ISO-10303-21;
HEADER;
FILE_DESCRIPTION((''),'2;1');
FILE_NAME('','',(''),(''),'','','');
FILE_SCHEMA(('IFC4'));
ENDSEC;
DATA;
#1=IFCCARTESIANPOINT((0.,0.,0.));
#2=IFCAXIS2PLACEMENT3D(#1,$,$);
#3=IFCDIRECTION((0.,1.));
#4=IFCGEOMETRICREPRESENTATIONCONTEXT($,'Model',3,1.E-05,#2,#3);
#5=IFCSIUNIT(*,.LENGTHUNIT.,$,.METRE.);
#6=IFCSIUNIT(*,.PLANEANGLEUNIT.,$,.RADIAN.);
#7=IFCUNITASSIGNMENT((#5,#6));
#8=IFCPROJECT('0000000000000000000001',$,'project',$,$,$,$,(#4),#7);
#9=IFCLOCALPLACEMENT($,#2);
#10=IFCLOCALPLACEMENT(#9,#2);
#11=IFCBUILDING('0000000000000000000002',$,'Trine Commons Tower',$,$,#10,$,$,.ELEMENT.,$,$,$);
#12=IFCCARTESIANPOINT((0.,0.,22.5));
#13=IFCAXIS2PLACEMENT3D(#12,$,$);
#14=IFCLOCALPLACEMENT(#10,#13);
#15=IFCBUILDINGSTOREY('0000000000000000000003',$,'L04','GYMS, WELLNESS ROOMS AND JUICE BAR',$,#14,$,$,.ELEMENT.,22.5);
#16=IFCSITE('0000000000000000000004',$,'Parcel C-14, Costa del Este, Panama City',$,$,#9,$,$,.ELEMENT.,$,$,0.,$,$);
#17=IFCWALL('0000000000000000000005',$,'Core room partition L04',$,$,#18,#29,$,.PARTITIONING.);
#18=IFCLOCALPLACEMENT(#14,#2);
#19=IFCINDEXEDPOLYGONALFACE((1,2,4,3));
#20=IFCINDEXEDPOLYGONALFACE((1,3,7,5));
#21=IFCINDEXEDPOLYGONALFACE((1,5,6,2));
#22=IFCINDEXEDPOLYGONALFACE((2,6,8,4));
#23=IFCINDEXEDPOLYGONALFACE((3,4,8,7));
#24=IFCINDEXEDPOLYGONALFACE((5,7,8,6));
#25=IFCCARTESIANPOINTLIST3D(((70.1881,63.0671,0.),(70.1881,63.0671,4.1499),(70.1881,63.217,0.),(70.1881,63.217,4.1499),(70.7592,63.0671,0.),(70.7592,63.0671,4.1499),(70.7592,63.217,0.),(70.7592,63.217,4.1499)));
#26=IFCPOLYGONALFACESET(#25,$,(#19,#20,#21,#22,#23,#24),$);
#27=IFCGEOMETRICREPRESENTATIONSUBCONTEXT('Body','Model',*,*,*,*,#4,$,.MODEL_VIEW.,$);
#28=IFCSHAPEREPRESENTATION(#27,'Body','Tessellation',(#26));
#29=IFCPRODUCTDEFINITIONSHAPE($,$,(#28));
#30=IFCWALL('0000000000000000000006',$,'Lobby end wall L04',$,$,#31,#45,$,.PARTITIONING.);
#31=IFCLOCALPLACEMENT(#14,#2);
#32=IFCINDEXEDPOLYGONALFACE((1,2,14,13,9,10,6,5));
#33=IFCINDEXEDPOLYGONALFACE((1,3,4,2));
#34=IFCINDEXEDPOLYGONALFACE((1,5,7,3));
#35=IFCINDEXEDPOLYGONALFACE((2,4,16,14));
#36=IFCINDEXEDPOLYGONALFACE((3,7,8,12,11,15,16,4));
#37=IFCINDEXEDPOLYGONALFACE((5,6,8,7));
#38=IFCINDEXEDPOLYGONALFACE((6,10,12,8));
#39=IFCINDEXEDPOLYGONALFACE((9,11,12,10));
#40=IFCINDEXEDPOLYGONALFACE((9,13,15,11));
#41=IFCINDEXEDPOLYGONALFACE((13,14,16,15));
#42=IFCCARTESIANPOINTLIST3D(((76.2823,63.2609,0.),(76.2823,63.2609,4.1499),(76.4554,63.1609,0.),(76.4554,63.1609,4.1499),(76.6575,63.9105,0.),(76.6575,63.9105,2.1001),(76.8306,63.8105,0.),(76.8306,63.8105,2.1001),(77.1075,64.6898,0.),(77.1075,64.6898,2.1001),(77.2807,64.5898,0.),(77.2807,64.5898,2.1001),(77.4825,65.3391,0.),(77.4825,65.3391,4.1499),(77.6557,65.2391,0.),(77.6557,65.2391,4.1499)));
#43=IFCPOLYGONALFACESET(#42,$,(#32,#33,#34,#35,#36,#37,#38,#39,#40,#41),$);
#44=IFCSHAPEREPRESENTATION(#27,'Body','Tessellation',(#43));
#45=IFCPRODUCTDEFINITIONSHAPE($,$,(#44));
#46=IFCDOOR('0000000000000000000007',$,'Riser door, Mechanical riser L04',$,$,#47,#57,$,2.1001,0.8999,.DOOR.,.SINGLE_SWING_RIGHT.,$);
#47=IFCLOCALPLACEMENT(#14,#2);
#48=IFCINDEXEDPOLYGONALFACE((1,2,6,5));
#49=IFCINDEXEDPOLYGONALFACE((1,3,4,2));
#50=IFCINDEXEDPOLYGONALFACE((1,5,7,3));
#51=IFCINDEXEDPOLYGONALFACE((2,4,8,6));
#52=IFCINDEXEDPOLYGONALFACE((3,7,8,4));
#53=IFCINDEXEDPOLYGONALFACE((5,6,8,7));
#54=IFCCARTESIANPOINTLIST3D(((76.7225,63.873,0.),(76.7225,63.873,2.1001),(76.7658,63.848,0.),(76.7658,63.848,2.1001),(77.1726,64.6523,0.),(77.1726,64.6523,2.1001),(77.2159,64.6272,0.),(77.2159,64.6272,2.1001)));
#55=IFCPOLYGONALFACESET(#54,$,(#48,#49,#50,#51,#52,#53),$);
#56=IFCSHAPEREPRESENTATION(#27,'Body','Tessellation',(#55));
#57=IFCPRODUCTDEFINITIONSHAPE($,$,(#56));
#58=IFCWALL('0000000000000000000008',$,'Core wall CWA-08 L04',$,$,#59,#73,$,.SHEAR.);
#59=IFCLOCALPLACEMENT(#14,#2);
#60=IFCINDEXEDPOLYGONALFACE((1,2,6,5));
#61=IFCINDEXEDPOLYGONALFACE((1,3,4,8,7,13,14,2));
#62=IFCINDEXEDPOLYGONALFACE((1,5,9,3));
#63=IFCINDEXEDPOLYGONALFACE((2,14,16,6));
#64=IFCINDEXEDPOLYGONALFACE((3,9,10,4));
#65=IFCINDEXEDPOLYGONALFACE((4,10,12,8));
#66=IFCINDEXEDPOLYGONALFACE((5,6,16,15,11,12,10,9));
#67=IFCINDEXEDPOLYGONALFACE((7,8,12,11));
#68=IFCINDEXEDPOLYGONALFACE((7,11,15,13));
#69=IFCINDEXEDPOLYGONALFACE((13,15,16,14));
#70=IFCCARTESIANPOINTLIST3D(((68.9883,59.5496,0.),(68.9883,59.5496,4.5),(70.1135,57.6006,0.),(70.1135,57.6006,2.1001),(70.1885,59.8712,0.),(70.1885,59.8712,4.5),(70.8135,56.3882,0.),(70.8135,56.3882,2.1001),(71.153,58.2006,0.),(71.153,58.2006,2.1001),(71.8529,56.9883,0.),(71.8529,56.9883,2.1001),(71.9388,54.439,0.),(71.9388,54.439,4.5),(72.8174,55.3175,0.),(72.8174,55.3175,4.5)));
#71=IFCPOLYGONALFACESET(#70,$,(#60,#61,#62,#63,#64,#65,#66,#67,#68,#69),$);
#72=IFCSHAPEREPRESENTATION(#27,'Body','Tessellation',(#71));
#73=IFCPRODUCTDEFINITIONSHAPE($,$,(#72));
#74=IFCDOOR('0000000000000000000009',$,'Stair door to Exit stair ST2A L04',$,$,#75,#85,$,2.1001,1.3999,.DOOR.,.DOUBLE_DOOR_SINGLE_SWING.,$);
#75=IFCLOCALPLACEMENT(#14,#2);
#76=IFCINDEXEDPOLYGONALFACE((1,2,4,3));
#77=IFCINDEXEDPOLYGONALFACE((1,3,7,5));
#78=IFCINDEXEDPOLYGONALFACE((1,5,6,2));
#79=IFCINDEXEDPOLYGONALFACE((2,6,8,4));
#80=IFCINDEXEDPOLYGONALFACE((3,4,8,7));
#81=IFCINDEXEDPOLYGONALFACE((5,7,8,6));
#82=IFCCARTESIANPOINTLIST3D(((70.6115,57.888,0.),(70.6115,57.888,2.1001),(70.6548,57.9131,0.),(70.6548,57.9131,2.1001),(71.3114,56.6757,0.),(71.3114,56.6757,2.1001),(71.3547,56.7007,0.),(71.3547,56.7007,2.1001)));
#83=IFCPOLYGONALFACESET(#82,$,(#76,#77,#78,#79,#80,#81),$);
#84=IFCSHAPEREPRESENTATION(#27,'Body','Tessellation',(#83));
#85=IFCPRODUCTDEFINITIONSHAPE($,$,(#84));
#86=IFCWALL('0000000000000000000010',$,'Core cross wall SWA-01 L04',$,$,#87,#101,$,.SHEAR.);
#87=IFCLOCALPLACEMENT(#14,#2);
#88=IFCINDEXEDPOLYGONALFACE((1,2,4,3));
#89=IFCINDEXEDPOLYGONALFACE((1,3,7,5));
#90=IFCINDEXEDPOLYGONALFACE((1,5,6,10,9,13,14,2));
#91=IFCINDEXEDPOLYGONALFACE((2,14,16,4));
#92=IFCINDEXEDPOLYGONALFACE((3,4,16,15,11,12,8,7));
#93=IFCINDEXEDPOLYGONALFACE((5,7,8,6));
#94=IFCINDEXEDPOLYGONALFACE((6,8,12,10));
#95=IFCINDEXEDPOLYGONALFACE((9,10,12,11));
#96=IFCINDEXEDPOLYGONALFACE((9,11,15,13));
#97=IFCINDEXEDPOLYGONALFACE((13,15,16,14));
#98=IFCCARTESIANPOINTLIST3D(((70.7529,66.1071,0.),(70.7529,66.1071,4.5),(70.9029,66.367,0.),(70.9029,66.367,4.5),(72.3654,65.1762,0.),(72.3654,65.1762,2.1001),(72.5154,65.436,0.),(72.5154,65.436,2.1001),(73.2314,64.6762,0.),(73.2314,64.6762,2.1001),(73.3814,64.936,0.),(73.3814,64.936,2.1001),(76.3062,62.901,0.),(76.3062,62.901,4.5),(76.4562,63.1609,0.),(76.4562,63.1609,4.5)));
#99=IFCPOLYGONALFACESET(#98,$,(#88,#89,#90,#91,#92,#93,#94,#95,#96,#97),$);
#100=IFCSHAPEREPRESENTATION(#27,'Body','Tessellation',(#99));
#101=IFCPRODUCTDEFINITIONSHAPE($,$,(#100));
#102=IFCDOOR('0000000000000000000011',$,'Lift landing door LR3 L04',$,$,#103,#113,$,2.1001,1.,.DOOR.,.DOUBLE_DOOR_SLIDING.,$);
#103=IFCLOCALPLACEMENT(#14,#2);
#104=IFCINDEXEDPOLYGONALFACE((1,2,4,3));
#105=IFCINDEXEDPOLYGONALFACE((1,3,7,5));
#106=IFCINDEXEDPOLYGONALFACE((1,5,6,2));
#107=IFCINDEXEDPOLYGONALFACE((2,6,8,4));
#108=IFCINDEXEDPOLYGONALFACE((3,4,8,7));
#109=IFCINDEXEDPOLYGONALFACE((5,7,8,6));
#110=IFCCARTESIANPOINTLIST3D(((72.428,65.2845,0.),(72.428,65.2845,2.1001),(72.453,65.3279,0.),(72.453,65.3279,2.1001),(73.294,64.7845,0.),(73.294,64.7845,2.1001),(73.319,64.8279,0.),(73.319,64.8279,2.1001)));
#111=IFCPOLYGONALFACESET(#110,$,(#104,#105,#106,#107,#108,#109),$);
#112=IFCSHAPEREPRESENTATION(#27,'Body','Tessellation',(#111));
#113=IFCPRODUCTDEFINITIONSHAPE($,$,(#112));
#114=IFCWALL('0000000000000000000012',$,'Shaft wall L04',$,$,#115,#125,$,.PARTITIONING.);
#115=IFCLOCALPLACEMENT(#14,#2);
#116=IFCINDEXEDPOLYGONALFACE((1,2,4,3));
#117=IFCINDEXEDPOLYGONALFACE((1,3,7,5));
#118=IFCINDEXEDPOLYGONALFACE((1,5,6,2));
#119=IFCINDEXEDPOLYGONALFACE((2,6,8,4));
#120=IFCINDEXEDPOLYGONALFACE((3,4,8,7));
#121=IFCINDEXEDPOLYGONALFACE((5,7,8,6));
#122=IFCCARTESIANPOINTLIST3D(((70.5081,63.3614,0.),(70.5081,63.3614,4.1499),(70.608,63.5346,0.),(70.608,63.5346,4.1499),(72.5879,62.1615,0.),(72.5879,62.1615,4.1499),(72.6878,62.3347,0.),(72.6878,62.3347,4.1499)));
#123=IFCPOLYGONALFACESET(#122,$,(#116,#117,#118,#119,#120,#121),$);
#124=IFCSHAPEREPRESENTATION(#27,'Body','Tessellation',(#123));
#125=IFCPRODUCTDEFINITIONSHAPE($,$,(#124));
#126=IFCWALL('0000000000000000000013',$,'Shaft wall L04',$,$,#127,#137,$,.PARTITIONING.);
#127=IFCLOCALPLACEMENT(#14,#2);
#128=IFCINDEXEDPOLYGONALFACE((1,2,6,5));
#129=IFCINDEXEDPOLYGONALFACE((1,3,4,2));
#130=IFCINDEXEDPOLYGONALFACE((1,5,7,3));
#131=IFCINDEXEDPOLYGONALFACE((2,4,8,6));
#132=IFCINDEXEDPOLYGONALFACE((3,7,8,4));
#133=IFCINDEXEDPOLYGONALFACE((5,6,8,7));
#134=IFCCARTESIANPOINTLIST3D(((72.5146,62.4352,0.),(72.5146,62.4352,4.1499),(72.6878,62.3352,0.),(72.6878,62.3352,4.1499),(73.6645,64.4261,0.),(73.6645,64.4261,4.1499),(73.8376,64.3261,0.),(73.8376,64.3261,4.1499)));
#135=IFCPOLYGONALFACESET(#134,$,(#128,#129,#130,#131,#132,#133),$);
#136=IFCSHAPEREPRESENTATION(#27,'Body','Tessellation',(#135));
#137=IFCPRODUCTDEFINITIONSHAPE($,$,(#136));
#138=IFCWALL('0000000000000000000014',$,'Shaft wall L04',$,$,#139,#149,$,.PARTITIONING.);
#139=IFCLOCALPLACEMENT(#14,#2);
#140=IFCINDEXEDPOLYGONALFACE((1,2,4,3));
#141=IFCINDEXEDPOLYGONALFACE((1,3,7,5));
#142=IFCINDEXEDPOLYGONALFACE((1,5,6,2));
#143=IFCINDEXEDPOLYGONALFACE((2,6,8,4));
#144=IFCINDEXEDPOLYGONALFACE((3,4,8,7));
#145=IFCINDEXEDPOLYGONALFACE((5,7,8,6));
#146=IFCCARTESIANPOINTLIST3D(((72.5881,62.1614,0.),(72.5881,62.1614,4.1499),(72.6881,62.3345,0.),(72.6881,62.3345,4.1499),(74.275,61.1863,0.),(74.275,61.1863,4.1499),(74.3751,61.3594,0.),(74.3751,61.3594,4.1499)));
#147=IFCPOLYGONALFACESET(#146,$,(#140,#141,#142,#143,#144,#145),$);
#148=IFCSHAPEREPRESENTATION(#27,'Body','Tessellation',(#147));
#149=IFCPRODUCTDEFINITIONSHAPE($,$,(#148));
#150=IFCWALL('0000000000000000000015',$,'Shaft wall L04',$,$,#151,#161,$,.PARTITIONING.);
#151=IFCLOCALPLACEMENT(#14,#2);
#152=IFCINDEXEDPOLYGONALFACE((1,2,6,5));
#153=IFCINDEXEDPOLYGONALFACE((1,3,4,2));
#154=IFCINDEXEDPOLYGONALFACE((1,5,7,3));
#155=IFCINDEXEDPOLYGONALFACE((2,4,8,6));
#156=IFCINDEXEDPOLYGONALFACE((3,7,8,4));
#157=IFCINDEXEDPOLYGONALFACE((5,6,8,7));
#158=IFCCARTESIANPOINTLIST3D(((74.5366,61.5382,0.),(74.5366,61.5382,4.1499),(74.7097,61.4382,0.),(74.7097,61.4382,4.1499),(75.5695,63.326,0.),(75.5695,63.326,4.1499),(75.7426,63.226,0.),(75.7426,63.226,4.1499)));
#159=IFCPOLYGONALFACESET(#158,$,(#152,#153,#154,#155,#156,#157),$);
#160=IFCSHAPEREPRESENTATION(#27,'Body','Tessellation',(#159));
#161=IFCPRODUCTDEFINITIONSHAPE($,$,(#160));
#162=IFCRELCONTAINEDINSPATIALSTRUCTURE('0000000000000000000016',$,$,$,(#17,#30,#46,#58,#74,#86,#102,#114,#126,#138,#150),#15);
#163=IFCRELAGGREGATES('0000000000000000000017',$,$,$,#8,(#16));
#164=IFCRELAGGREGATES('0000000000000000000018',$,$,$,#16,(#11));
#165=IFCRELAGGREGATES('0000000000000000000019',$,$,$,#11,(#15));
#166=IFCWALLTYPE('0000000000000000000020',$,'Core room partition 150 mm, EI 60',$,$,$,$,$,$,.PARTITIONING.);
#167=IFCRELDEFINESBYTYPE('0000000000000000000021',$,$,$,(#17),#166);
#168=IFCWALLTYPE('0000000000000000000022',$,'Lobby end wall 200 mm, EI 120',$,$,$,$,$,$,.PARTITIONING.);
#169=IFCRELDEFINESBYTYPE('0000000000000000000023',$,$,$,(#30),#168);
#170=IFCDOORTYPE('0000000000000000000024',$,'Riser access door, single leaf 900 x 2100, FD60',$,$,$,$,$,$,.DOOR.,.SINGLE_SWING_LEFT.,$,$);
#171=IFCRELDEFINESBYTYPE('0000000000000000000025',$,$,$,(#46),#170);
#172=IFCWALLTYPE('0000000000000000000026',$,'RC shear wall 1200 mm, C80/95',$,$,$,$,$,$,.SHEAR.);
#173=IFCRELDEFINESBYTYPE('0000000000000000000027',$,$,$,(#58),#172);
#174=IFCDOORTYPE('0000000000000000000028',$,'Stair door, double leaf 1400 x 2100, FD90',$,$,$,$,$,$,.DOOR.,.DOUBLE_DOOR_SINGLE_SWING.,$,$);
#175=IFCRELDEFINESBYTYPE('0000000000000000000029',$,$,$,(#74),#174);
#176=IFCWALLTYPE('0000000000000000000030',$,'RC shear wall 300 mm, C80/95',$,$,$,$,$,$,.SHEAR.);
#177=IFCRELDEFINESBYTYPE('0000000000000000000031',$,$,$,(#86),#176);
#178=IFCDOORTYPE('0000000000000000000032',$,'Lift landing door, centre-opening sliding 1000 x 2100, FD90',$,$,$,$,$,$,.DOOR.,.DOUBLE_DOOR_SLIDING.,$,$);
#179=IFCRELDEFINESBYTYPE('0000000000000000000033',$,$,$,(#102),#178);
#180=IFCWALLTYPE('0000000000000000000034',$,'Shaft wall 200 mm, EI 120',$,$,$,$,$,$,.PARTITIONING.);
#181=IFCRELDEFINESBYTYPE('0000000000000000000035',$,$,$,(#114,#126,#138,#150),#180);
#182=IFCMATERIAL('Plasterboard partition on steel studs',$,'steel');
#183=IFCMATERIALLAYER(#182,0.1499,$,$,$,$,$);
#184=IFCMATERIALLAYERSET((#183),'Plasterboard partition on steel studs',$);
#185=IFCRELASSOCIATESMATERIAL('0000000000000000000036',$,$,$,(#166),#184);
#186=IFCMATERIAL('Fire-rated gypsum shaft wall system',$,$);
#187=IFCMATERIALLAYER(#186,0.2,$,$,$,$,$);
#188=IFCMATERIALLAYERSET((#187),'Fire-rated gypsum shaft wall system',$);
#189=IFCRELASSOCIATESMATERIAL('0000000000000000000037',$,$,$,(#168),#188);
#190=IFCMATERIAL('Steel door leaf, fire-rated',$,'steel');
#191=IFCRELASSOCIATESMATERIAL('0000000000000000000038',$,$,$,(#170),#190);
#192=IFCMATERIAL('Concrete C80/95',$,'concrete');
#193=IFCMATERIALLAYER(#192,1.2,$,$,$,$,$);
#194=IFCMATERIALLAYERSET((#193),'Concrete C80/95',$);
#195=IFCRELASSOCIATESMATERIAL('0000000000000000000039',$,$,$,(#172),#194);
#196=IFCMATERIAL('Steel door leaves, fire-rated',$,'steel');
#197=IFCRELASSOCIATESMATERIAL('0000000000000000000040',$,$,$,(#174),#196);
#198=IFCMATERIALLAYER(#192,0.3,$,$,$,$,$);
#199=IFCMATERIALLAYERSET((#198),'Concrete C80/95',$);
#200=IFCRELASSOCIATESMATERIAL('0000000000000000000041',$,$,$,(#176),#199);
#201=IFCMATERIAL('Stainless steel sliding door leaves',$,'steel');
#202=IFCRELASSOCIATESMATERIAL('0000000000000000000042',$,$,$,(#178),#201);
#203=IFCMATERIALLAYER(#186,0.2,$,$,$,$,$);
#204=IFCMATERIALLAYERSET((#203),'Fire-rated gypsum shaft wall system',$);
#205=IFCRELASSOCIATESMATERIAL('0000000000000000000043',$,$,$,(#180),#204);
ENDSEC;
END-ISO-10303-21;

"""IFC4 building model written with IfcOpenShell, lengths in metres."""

from ifc_helpers import new_model, si_unit, direction, frame, frame_2d, origin, place, context, subcontext, project, spatial, polyline, rectangle, outline, extrude, material, layer, layer_set, type_object, element, fill, save


model = new_model("IFC4")

# Units and contexts
model_context = context("Model", 3, precision=1e-05, world=origin(), true_north=direction((0.0, 1.0)))
body_context = subcontext(model_context, "Body", "Model", "MODEL_VIEW")
ifc_project = project(units=[si_unit("LENGTHUNIT", "METRE"), si_unit("PLANEANGLEUNIT", "RADIAN")], contexts=[model_context])

# Site, building, storey
site_placement = place(None, origin())
site = spatial("IfcSite", under=ifc_project, at=site_placement, Name="Parcel C-14, Costa del Este, Panama City", CompositionType="ELEMENT", RefElevation=0.0)
building_placement = place(site_placement, origin())
building = spatial("IfcBuilding", under=site, at=building_placement, Name="Trine Commons Tower", CompositionType="ELEMENT")
storey_placement = place(building_placement, frame((0.0, 0.0, 22.5)))
storey = spatial("IfcBuildingStorey", under=building, at=storey_placement, Name="L04", Description="GYMS, WELLNESS ROOMS AND JUICE BAR", CompositionType="ELEMENT", Elevation=22.5)

# Wall
ifc_material_1 = material(Name="Plasterboard partition on steel studs", Category="steel")
ifc_layer_1 = layer(ifc_material_1, 0.1499)
ifc_layer_set_1 = layer_set([ifc_layer_1], Name="Plasterboard partition on steel studs")
wall_type_1 = type_object("IfcWallType", Name="Core room partition 150 mm, EI 60", PredefinedType="PARTITIONING", material=ifc_layer_set_1)
wall_1_placement = place(storey_placement, frame((70.188, 63.1421, 0.0), z_axis=(0.0, 0.0, 1.0), x_axis=(1.0, 0.0, 0.0)))
element("IfcWall", 1, at=wall_1_placement, inside=storey, type_object=wall_type_1, Name="Core room partition L04", PredefinedType="PARTITIONING", context=body_context, shape_type="SweptSolid", body=[
    extrude(rectangle(XDim=0.571, YDim=0.1499, at=frame_2d((0.2856, 0.0))), origin(), (0.0, 0.0, 1.0), 4.1499),
])

# Walls, openings, doors
ifc_material_2 = material(Name="Fire-rated gypsum shaft wall system")
ifc_layer_2 = layer(ifc_material_2, 0.2)
ifc_layer_set_2 = layer_set([ifc_layer_2], Name="Fire-rated gypsum shaft wall system")
wall_type_2 = type_object("IfcWallType", Name="Lobby end wall 200 mm, EI 120", PredefinedType="PARTITIONING", material=ifc_layer_set_2)
wall_2_placement = place(storey_placement, frame((77.5691, 65.2891, 0.0), z_axis=(0.0, 0.0, 1.0), x_axis=(-0.500122, -0.865955, 0.0)))
wall_2 = element("IfcWall", 2, at=wall_2_placement, inside=storey, type_object=wall_type_2, Name="Lobby end wall L04", PredefinedType="PARTITIONING", context=body_context, shape_type="SweptSolid", body=[
    extrude(rectangle(XDim=2.3999, YDim=0.2, at=frame_2d((1.2, 0.0))), origin(), (0.0, 0.0, 1.0), 4.1499),
])
opening_1_placement = place(wall_2_placement, frame((0.7498, 0.0, 0.0)))
opening_1 = element("IfcOpeningElement", 3, at=opening_1_placement, cuts=wall_2, PredefinedType="OPENING", context=body_context, shape_type="SweptSolid", body=[
    extrude(rectangle(XDim=0.8999, YDim=2.1001, at=frame_2d((0.45, 1.05))), frame((0.0, 0.1099, 0.0), z_axis=(0.0, -1.0, 0.0), x_axis=(1.0, 0.0, 0.0)), (0.0, 0.0, 1.0), 0.22),
])
ifc_material_3 = material(Name="Steel door leaf, fire-rated", Category="steel")
door_type_1 = type_object("IfcDoorType", Name="Riser access door, single leaf 900 x 2100, FD60", OperationType="SINGLE_SWING_LEFT", PredefinedType="DOOR", material=ifc_material_3)
door_1_placement = place(opening_1_placement, frame((0.8999, 0.0, 0.0), z_axis=(0.0, 0.0, 1.0), x_axis=(-1.0, 0.0, 0.0)))
door_1 = element("IfcDoor", 4, at=door_1_placement, inside=storey, type_object=door_type_1, Name="Riser door, Mechanical riser L04", OperationType="SINGLE_SWING_RIGHT", OverallHeight=2.1001, OverallWidth=0.8999, PredefinedType="DOOR", context=body_context, shape_type="SweptSolid", body=[
    extrude(rectangle(XDim=0.8999, YDim=2.1001, at=frame_2d((0.45, 1.05))), frame((0.0, 0.0249, 0.0), z_axis=(0.0, -1.0, 0.0), x_axis=(1.0, 0.0, 0.0)), (0.0, 0.0, 1.0), 0.05),
])
fill(opening_1, door_1)
ifc_material_4 = material(Name="Concrete C80/95", Category="concrete")
ifc_layer_3 = layer(ifc_material_4, 1.2)
ifc_layer_set_3 = layer_set([ifc_layer_3], Name="Concrete C80/95")
wall_type_3 = type_object("IfcWallType", Name="RC shear wall 1200 mm, C80/95", PredefinedType="SHEAR", material=ifc_layer_set_3)
wall_3_placement = place(storey_placement, frame((69.5081, 59.8496, 0.0), z_axis=(0.0, 0.0, 1.0), x_axis=(0.499979, -0.866037, 0.0)))
wall_3 = element("IfcWall", 5, at=wall_3_placement, inside=storey, type_object=wall_type_3, Name="Core wall CWA-08 L04", PredefinedType="SHEAR", context=body_context, shape_type="SweptSolid", body=[
    extrude(outline(polyline([(0.0, -0.6001), (5.9011, -0.6001), (5.5796, 0.6001), (0.3215, 0.6001), (0.0, -0.6001)])), origin(), (0.0, 0.0, 1.0), 4.5),
])
opening_2_placement = place(wall_3_placement, frame((2.2505, 0.0, 0.0)))
opening_2 = element("IfcOpeningElement", 6, at=opening_2_placement, cuts=wall_3, PredefinedType="OPENING", context=body_context, shape_type="SweptSolid", body=[
    extrude(rectangle(XDim=1.3999, YDim=2.1001, at=frame_2d((0.7, 1.05))), frame((0.0, 0.6099, 0.0), z_axis=(0.0, -1.0, 0.0), x_axis=(1.0, 0.0, 0.0)), (0.0, 0.0, 1.0), 1.22),
])
ifc_material_5 = material(Name="Steel door leaves, fire-rated", Category="steel")
door_type_2 = type_object("IfcDoorType", Name="Stair door, double leaf 1400 x 2100, FD90", OperationType="DOUBLE_DOOR_SINGLE_SWING", PredefinedType="DOOR", material=ifc_material_5)
door_2_placement = place(opening_2_placement, origin())
door_2 = element("IfcDoor", 7, at=door_2_placement, inside=storey, type_object=door_type_2, Name="Stair door to Exit stair ST2A L04", OperationType="DOUBLE_DOOR_SINGLE_SWING", OverallHeight=2.1001, OverallWidth=1.3999, PredefinedType="DOOR", context=body_context, shape_type="SweptSolid", body=[
    extrude(rectangle(XDim=1.3999, YDim=2.1001, at=frame_2d((0.7, 1.05))), frame((0.0, 0.0249, 0.0), z_axis=(0.0, -1.0, 0.0), x_axis=(1.0, 0.0, 0.0)), (0.0, 0.0, 1.0), 0.05),
])
fill(opening_2, door_2)
ifc_layer_4 = layer(ifc_material_4, 0.3)
ifc_layer_set_4 = layer_set([ifc_layer_4], Name="Concrete C80/95")
wall_type_4 = type_object("IfcWallType", Name="RC shear wall 300 mm, C80/95", PredefinedType="SHEAR", material=ifc_layer_set_4)
wall_4_placement = place(storey_placement, frame((76.3811, 63.031, 0.0), z_axis=(0.0, 0.0, 1.0), x_axis=(-0.866032, 0.499988, 0.0)))
wall_4 = element("IfcWall", 8, at=wall_4_placement, inside=storey, type_object=wall_type_4, Name="Core cross wall SWA-01 L04", PredefinedType="SHEAR", context=body_context, shape_type="SweptSolid", body=[
    extrude(rectangle(XDim=6.4124, YDim=0.3, at=frame_2d((3.2061, 0.0))), origin(), (0.0, 0.0, 1.0), 4.5),
])
opening_3_placement = place(wall_4_placement, frame((3.5503, 0.0, 0.0)))
opening_3 = element("IfcOpeningElement", 9, at=opening_3_placement, cuts=wall_4, PredefinedType="OPENING", context=body_context, shape_type="SweptSolid", body=[
    extrude(rectangle(XDim=1.0, YDim=2.1001, at=frame_2d((0.5, 1.05))), frame((0.0, 0.1599, 0.0), z_axis=(0.0, -1.0, 0.0), x_axis=(1.0, 0.0, 0.0)), (0.0, 0.0, 1.0), 0.3201),
])
ifc_material_6 = material(Name="Stainless steel sliding door leaves", Category="steel")
door_type_3 = type_object("IfcDoorType", Name="Lift landing door, centre-opening sliding 1000 x 2100, FD90", OperationType="DOUBLE_DOOR_SLIDING", PredefinedType="DOOR", material=ifc_material_6)
door_3_placement = place(opening_3_placement, origin())
door_3 = element("IfcDoor", 10, at=door_3_placement, inside=storey, type_object=door_type_3, Name="Lift landing door LR3 L04", OperationType="DOUBLE_DOOR_SLIDING", OverallHeight=2.1001, OverallWidth=1.0, PredefinedType="DOOR", context=body_context, shape_type="SweptSolid", body=[
    extrude(rectangle(XDim=1.0, YDim=2.1001, at=frame_2d((0.5, 1.05))), frame((0.0, 0.0249, 0.0), z_axis=(0.0, -1.0, 0.0), x_axis=(1.0, 0.0, 0.0)), (0.0, 0.0, 1.0), 0.05),
])
fill(opening_3, door_3)

# Walls
ifc_layer_5 = layer(ifc_material_2, 0.2)
ifc_layer_set_5 = layer_set([ifc_layer_5], Name="Fire-rated gypsum shaft wall system")
wall_type_5 = type_object("IfcWallType", Name="Shaft wall 200 mm, EI 120", PredefinedType="PARTITIONING", material=ifc_layer_set_5)
wall_5_placement = place(storey_placement, frame((72.6379, 62.248, 0.0), z_axis=(0.0, 0.0, 1.0), x_axis=(-0.866177, 0.499737, 0.0)))
element("IfcWall", 11, at=wall_5_placement, inside=storey, type_object=wall_type_5, Name="Shaft wall L04", PredefinedType="PARTITIONING", context=body_context, shape_type="SweptSolid", body=[
    extrude(rectangle(XDim=2.4011, YDim=0.2, at=frame_2d((1.2007, 0.0))), origin(), (0.0, 0.0, 1.0), 4.1499),
])
wall_6_placement = place(storey_placement, frame((73.751, 64.376, 0.0), z_axis=(0.0, 0.0, 1.0), x_axis=(-0.500136, -0.865947, 0.0)))
element("IfcWall", 12, at=wall_6_placement, inside=storey, type_object=wall_type_5, Name="Shaft wall L04", PredefinedType="PARTITIONING", context=body_context, shape_type="SweptSolid", body=[
    extrude(rectangle(XDim=2.2991, YDim=0.2, at=frame_2d((1.1494, 0.0))), origin(), (0.0, 0.0, 1.0), 4.1499),
])
wall_7_placement = place(storey_placement, frame((74.325, 61.2729, 0.0), z_axis=(0.0, 0.0, 1.0), x_axis=(-0.865781, 0.500424, 0.0)))
element("IfcWall", 13, at=wall_7_placement, inside=storey, type_object=wall_type_5, Name="Shaft wall L04", PredefinedType="PARTITIONING", context=body_context, shape_type="SweptSolid", body=[
    extrude(rectangle(XDim=1.9485, YDim=0.2, at=frame_2d((0.9741, 0.0))), origin(), (0.0, 0.0, 1.0), 4.1499),
])
wall_8_placement = place(storey_placement, frame((75.656, 63.2759, 0.0), z_axis=(0.0, 0.0, 1.0), x_axis=(-0.500272, -0.865868, 0.0)))
element("IfcWall", 14, at=wall_8_placement, inside=storey, type_object=wall_type_5, Name="Shaft wall L04", PredefinedType="PARTITIONING", context=body_context, shape_type="SweptSolid", body=[
    extrude(rectangle(XDim=2.0647, YDim=0.2, at=frame_2d((1.0322, 0.0))), origin(), (0.0, 0.0, 1.0), 4.1499),
])

save(model, "model.ifc")
